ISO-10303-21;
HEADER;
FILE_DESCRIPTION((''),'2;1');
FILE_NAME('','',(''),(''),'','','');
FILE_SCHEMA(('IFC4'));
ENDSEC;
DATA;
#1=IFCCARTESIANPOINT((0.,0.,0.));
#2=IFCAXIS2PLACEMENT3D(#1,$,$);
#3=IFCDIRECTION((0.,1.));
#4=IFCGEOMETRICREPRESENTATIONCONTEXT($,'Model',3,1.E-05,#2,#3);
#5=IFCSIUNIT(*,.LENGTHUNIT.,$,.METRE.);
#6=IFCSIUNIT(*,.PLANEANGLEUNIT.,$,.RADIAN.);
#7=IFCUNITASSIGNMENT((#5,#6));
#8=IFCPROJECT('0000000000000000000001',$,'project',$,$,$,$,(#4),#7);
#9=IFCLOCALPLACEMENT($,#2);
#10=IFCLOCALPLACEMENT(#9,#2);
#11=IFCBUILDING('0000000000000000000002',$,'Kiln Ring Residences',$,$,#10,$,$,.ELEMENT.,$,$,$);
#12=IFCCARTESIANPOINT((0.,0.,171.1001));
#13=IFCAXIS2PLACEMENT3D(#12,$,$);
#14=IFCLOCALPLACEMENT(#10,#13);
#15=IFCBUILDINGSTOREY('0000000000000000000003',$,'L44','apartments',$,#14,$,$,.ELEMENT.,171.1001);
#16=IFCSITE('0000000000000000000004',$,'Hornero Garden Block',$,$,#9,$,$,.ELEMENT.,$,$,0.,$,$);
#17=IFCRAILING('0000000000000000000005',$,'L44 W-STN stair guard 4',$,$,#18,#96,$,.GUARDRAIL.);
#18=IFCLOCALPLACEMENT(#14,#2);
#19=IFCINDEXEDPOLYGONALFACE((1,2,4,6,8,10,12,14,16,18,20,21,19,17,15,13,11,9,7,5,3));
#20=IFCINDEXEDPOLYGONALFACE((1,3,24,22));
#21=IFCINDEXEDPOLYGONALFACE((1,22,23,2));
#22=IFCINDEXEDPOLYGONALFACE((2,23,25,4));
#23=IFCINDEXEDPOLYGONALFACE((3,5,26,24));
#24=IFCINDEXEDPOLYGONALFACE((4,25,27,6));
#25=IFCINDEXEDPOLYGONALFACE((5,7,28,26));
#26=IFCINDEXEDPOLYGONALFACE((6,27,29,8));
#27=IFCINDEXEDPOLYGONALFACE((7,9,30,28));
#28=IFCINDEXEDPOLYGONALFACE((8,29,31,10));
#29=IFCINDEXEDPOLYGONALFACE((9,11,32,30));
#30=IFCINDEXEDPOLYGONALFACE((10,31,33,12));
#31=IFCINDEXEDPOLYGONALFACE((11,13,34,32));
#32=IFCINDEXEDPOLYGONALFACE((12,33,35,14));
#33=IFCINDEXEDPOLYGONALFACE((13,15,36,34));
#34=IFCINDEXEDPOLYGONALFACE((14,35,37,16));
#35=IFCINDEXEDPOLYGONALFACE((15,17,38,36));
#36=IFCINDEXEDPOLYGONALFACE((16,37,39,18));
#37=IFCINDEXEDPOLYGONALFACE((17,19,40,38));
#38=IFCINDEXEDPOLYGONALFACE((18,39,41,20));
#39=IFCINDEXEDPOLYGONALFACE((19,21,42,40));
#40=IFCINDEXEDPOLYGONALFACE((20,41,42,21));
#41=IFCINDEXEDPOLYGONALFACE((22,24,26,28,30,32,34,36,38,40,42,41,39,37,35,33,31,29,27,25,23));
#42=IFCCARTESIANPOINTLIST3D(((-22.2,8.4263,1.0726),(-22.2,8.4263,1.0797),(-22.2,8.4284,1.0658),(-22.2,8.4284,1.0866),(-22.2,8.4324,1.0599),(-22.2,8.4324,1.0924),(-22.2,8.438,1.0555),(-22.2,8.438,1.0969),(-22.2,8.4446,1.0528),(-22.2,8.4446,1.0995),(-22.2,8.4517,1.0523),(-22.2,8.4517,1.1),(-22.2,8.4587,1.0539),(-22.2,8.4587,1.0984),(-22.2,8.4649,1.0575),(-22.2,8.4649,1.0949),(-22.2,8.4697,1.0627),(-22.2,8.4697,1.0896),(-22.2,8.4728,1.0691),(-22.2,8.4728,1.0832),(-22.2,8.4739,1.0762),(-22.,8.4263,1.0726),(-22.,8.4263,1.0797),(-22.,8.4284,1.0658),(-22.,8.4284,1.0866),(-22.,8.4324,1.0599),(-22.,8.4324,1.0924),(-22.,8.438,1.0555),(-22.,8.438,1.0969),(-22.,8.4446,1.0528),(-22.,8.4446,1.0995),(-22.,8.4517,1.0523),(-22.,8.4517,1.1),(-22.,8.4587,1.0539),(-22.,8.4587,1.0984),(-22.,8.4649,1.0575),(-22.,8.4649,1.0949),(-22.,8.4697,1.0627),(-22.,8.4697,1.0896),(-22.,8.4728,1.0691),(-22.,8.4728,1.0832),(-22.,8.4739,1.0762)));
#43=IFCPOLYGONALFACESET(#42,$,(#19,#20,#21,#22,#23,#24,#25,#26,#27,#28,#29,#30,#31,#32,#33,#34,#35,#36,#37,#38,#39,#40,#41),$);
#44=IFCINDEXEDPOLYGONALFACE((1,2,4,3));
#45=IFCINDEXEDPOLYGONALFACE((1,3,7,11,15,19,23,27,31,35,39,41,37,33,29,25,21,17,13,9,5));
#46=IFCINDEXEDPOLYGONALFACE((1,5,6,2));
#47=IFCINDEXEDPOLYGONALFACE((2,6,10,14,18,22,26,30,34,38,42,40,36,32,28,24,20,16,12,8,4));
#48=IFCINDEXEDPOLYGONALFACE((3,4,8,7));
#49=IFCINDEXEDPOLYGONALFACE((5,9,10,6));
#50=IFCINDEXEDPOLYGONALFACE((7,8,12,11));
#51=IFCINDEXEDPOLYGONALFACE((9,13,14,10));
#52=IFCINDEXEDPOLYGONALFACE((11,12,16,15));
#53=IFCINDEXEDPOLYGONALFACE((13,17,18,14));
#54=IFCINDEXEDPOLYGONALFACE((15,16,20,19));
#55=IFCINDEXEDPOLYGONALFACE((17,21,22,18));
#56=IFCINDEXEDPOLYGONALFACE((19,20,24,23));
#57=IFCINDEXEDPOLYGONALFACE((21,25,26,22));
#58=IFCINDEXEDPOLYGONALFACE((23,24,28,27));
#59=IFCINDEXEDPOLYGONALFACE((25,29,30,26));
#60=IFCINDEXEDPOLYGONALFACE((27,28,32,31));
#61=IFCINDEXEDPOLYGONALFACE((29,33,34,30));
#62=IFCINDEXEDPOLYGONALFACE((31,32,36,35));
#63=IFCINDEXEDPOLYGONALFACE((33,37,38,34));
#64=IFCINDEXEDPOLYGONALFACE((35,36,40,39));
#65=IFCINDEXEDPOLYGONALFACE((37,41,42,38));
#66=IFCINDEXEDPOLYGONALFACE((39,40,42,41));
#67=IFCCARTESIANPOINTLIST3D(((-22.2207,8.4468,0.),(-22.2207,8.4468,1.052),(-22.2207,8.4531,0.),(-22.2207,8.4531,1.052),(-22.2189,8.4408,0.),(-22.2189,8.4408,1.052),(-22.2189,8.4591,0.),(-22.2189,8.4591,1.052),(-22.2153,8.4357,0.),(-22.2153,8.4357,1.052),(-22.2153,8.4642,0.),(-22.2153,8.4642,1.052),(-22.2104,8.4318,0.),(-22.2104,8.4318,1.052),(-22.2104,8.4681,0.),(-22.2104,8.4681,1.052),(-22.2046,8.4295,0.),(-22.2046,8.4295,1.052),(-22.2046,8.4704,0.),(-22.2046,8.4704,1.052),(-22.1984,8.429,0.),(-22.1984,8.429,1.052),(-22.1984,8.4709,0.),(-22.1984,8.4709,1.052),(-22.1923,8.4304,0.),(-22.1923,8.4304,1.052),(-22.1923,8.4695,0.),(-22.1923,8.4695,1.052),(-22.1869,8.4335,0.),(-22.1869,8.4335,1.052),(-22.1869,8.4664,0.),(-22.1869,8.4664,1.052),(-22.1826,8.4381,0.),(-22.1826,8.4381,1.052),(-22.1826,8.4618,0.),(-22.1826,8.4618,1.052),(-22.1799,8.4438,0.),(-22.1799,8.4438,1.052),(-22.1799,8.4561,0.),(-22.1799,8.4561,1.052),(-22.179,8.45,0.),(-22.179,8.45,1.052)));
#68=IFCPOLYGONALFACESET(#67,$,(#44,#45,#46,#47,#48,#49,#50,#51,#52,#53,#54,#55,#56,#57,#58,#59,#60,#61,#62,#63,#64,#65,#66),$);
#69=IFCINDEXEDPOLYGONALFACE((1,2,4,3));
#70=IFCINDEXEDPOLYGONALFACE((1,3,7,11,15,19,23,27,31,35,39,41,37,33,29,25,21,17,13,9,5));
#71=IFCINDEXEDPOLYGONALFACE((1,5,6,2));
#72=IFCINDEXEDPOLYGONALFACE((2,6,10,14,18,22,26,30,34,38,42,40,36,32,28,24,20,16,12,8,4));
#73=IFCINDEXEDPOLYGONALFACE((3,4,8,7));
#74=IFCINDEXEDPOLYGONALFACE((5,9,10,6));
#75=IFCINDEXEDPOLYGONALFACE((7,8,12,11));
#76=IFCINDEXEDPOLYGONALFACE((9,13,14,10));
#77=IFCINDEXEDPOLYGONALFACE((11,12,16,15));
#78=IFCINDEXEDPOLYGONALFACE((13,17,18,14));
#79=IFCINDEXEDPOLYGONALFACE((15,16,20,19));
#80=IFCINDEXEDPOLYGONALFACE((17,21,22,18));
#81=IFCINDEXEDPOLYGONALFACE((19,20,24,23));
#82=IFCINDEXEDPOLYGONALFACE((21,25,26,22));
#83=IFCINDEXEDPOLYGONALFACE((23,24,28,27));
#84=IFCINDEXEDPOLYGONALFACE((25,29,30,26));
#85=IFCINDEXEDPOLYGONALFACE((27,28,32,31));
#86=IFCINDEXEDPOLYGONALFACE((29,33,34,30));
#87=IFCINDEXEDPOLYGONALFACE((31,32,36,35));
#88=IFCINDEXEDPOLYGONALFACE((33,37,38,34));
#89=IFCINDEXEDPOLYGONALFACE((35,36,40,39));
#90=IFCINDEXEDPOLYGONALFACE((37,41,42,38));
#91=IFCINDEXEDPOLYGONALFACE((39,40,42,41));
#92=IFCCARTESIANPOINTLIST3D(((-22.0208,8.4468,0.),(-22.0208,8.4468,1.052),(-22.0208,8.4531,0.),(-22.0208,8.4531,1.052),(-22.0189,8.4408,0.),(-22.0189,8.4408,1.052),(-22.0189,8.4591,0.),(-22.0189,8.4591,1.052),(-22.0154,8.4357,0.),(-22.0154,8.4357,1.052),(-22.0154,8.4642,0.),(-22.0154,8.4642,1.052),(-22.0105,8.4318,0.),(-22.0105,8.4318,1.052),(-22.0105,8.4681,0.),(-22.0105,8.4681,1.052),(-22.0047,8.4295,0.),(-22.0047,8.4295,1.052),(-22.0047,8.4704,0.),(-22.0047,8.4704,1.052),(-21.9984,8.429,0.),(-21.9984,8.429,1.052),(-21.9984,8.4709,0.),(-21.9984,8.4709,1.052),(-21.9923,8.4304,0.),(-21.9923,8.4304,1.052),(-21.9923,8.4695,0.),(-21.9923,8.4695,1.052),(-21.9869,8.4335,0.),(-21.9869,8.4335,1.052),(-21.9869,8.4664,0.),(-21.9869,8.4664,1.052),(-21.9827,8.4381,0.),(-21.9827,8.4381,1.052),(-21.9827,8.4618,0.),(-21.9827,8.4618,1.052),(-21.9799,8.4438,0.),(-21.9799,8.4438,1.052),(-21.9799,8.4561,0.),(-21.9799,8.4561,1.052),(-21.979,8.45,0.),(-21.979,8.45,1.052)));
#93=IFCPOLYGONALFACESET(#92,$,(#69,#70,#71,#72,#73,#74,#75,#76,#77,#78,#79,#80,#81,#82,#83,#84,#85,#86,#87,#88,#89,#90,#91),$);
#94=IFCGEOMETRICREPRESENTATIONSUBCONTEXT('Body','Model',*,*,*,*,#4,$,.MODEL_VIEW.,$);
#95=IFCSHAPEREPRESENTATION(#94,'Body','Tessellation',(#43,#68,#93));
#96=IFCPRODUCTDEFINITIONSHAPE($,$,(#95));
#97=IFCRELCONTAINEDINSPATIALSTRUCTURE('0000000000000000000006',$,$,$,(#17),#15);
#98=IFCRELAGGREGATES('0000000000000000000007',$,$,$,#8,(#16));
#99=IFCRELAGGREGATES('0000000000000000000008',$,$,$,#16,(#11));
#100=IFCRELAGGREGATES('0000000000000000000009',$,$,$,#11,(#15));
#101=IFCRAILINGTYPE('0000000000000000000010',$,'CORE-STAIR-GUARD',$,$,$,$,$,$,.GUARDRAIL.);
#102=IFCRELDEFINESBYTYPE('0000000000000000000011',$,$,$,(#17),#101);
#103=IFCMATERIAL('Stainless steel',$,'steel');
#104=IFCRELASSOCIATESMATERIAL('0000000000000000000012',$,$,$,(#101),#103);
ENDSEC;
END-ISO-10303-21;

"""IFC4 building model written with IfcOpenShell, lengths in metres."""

from ifc_helpers import new_model, si_unit, direction, frame, origin, origin_2d, place, context, subcontext, project, spatial, circle, extrude, material, type_object, element, save


model = new_model("IFC4")

# Units and contexts
model_context = context("Model", 3, precision=1e-05, world=origin(), true_north=direction((0.0, 1.0)))
body_context = subcontext(model_context, "Body", "Model", "MODEL_VIEW")
ifc_project = project(units=[si_unit("LENGTHUNIT", "METRE"), si_unit("PLANEANGLEUNIT", "RADIAN")], contexts=[model_context])

# Site, building, storey
site_placement = place(None, origin())
site = spatial("IfcSite", under=ifc_project, at=site_placement, Name="Hornero Garden Block", CompositionType="ELEMENT", RefElevation=0.0)
building_placement = place(site_placement, origin())
building = spatial("IfcBuilding", under=site, at=building_placement, Name="Kiln Ring Residences", CompositionType="ELEMENT")
storey_placement = place(building_placement, frame((0.0, 0.0, 171.1001)))
storey = spatial("IfcBuildingStorey", under=building, at=storey_placement, Name="L44", Description="apartments", CompositionType="ELEMENT", Elevation=171.1001)

# Railing
ifc_material_1 = material(Name="Stainless steel", Category="steel")
railing_type_1 = type_object("IfcRailingType", Name="CORE-STAIR-GUARD", PredefinedType="GUARDRAIL", material=ifc_material_1)
railing_1_placement = place(storey_placement, frame((-22.2, 8.45, 0.0)))
element("IfcRailing", 1, at=railing_1_placement, inside=storey, type_object=railing_type_1, Name="L44 W-STN stair guard 4", PredefinedType="GUARDRAIL", context=body_context, shape_type="SweptSolid", body=[
    extrude(circle(Radius=0.0239, at=origin_2d()), frame((0.0, 0.0, 1.0762), z_axis=(1.0, 0.0, 0.0), x_axis=(0.0, 1.0, 0.0)), (0.0, 0.0, 1.0), 0.2),
    extrude(circle(Radius=0.021, at=origin_2d()), origin(), (0.0, 0.0, 1.0), 1.052),
    extrude(circle(Radius=0.021, at=origin_2d()), frame((0.2, 0.0, 0.0)), (0.0, 0.0, 1.0), 1.052),
])

save(model, "model.ifc")
